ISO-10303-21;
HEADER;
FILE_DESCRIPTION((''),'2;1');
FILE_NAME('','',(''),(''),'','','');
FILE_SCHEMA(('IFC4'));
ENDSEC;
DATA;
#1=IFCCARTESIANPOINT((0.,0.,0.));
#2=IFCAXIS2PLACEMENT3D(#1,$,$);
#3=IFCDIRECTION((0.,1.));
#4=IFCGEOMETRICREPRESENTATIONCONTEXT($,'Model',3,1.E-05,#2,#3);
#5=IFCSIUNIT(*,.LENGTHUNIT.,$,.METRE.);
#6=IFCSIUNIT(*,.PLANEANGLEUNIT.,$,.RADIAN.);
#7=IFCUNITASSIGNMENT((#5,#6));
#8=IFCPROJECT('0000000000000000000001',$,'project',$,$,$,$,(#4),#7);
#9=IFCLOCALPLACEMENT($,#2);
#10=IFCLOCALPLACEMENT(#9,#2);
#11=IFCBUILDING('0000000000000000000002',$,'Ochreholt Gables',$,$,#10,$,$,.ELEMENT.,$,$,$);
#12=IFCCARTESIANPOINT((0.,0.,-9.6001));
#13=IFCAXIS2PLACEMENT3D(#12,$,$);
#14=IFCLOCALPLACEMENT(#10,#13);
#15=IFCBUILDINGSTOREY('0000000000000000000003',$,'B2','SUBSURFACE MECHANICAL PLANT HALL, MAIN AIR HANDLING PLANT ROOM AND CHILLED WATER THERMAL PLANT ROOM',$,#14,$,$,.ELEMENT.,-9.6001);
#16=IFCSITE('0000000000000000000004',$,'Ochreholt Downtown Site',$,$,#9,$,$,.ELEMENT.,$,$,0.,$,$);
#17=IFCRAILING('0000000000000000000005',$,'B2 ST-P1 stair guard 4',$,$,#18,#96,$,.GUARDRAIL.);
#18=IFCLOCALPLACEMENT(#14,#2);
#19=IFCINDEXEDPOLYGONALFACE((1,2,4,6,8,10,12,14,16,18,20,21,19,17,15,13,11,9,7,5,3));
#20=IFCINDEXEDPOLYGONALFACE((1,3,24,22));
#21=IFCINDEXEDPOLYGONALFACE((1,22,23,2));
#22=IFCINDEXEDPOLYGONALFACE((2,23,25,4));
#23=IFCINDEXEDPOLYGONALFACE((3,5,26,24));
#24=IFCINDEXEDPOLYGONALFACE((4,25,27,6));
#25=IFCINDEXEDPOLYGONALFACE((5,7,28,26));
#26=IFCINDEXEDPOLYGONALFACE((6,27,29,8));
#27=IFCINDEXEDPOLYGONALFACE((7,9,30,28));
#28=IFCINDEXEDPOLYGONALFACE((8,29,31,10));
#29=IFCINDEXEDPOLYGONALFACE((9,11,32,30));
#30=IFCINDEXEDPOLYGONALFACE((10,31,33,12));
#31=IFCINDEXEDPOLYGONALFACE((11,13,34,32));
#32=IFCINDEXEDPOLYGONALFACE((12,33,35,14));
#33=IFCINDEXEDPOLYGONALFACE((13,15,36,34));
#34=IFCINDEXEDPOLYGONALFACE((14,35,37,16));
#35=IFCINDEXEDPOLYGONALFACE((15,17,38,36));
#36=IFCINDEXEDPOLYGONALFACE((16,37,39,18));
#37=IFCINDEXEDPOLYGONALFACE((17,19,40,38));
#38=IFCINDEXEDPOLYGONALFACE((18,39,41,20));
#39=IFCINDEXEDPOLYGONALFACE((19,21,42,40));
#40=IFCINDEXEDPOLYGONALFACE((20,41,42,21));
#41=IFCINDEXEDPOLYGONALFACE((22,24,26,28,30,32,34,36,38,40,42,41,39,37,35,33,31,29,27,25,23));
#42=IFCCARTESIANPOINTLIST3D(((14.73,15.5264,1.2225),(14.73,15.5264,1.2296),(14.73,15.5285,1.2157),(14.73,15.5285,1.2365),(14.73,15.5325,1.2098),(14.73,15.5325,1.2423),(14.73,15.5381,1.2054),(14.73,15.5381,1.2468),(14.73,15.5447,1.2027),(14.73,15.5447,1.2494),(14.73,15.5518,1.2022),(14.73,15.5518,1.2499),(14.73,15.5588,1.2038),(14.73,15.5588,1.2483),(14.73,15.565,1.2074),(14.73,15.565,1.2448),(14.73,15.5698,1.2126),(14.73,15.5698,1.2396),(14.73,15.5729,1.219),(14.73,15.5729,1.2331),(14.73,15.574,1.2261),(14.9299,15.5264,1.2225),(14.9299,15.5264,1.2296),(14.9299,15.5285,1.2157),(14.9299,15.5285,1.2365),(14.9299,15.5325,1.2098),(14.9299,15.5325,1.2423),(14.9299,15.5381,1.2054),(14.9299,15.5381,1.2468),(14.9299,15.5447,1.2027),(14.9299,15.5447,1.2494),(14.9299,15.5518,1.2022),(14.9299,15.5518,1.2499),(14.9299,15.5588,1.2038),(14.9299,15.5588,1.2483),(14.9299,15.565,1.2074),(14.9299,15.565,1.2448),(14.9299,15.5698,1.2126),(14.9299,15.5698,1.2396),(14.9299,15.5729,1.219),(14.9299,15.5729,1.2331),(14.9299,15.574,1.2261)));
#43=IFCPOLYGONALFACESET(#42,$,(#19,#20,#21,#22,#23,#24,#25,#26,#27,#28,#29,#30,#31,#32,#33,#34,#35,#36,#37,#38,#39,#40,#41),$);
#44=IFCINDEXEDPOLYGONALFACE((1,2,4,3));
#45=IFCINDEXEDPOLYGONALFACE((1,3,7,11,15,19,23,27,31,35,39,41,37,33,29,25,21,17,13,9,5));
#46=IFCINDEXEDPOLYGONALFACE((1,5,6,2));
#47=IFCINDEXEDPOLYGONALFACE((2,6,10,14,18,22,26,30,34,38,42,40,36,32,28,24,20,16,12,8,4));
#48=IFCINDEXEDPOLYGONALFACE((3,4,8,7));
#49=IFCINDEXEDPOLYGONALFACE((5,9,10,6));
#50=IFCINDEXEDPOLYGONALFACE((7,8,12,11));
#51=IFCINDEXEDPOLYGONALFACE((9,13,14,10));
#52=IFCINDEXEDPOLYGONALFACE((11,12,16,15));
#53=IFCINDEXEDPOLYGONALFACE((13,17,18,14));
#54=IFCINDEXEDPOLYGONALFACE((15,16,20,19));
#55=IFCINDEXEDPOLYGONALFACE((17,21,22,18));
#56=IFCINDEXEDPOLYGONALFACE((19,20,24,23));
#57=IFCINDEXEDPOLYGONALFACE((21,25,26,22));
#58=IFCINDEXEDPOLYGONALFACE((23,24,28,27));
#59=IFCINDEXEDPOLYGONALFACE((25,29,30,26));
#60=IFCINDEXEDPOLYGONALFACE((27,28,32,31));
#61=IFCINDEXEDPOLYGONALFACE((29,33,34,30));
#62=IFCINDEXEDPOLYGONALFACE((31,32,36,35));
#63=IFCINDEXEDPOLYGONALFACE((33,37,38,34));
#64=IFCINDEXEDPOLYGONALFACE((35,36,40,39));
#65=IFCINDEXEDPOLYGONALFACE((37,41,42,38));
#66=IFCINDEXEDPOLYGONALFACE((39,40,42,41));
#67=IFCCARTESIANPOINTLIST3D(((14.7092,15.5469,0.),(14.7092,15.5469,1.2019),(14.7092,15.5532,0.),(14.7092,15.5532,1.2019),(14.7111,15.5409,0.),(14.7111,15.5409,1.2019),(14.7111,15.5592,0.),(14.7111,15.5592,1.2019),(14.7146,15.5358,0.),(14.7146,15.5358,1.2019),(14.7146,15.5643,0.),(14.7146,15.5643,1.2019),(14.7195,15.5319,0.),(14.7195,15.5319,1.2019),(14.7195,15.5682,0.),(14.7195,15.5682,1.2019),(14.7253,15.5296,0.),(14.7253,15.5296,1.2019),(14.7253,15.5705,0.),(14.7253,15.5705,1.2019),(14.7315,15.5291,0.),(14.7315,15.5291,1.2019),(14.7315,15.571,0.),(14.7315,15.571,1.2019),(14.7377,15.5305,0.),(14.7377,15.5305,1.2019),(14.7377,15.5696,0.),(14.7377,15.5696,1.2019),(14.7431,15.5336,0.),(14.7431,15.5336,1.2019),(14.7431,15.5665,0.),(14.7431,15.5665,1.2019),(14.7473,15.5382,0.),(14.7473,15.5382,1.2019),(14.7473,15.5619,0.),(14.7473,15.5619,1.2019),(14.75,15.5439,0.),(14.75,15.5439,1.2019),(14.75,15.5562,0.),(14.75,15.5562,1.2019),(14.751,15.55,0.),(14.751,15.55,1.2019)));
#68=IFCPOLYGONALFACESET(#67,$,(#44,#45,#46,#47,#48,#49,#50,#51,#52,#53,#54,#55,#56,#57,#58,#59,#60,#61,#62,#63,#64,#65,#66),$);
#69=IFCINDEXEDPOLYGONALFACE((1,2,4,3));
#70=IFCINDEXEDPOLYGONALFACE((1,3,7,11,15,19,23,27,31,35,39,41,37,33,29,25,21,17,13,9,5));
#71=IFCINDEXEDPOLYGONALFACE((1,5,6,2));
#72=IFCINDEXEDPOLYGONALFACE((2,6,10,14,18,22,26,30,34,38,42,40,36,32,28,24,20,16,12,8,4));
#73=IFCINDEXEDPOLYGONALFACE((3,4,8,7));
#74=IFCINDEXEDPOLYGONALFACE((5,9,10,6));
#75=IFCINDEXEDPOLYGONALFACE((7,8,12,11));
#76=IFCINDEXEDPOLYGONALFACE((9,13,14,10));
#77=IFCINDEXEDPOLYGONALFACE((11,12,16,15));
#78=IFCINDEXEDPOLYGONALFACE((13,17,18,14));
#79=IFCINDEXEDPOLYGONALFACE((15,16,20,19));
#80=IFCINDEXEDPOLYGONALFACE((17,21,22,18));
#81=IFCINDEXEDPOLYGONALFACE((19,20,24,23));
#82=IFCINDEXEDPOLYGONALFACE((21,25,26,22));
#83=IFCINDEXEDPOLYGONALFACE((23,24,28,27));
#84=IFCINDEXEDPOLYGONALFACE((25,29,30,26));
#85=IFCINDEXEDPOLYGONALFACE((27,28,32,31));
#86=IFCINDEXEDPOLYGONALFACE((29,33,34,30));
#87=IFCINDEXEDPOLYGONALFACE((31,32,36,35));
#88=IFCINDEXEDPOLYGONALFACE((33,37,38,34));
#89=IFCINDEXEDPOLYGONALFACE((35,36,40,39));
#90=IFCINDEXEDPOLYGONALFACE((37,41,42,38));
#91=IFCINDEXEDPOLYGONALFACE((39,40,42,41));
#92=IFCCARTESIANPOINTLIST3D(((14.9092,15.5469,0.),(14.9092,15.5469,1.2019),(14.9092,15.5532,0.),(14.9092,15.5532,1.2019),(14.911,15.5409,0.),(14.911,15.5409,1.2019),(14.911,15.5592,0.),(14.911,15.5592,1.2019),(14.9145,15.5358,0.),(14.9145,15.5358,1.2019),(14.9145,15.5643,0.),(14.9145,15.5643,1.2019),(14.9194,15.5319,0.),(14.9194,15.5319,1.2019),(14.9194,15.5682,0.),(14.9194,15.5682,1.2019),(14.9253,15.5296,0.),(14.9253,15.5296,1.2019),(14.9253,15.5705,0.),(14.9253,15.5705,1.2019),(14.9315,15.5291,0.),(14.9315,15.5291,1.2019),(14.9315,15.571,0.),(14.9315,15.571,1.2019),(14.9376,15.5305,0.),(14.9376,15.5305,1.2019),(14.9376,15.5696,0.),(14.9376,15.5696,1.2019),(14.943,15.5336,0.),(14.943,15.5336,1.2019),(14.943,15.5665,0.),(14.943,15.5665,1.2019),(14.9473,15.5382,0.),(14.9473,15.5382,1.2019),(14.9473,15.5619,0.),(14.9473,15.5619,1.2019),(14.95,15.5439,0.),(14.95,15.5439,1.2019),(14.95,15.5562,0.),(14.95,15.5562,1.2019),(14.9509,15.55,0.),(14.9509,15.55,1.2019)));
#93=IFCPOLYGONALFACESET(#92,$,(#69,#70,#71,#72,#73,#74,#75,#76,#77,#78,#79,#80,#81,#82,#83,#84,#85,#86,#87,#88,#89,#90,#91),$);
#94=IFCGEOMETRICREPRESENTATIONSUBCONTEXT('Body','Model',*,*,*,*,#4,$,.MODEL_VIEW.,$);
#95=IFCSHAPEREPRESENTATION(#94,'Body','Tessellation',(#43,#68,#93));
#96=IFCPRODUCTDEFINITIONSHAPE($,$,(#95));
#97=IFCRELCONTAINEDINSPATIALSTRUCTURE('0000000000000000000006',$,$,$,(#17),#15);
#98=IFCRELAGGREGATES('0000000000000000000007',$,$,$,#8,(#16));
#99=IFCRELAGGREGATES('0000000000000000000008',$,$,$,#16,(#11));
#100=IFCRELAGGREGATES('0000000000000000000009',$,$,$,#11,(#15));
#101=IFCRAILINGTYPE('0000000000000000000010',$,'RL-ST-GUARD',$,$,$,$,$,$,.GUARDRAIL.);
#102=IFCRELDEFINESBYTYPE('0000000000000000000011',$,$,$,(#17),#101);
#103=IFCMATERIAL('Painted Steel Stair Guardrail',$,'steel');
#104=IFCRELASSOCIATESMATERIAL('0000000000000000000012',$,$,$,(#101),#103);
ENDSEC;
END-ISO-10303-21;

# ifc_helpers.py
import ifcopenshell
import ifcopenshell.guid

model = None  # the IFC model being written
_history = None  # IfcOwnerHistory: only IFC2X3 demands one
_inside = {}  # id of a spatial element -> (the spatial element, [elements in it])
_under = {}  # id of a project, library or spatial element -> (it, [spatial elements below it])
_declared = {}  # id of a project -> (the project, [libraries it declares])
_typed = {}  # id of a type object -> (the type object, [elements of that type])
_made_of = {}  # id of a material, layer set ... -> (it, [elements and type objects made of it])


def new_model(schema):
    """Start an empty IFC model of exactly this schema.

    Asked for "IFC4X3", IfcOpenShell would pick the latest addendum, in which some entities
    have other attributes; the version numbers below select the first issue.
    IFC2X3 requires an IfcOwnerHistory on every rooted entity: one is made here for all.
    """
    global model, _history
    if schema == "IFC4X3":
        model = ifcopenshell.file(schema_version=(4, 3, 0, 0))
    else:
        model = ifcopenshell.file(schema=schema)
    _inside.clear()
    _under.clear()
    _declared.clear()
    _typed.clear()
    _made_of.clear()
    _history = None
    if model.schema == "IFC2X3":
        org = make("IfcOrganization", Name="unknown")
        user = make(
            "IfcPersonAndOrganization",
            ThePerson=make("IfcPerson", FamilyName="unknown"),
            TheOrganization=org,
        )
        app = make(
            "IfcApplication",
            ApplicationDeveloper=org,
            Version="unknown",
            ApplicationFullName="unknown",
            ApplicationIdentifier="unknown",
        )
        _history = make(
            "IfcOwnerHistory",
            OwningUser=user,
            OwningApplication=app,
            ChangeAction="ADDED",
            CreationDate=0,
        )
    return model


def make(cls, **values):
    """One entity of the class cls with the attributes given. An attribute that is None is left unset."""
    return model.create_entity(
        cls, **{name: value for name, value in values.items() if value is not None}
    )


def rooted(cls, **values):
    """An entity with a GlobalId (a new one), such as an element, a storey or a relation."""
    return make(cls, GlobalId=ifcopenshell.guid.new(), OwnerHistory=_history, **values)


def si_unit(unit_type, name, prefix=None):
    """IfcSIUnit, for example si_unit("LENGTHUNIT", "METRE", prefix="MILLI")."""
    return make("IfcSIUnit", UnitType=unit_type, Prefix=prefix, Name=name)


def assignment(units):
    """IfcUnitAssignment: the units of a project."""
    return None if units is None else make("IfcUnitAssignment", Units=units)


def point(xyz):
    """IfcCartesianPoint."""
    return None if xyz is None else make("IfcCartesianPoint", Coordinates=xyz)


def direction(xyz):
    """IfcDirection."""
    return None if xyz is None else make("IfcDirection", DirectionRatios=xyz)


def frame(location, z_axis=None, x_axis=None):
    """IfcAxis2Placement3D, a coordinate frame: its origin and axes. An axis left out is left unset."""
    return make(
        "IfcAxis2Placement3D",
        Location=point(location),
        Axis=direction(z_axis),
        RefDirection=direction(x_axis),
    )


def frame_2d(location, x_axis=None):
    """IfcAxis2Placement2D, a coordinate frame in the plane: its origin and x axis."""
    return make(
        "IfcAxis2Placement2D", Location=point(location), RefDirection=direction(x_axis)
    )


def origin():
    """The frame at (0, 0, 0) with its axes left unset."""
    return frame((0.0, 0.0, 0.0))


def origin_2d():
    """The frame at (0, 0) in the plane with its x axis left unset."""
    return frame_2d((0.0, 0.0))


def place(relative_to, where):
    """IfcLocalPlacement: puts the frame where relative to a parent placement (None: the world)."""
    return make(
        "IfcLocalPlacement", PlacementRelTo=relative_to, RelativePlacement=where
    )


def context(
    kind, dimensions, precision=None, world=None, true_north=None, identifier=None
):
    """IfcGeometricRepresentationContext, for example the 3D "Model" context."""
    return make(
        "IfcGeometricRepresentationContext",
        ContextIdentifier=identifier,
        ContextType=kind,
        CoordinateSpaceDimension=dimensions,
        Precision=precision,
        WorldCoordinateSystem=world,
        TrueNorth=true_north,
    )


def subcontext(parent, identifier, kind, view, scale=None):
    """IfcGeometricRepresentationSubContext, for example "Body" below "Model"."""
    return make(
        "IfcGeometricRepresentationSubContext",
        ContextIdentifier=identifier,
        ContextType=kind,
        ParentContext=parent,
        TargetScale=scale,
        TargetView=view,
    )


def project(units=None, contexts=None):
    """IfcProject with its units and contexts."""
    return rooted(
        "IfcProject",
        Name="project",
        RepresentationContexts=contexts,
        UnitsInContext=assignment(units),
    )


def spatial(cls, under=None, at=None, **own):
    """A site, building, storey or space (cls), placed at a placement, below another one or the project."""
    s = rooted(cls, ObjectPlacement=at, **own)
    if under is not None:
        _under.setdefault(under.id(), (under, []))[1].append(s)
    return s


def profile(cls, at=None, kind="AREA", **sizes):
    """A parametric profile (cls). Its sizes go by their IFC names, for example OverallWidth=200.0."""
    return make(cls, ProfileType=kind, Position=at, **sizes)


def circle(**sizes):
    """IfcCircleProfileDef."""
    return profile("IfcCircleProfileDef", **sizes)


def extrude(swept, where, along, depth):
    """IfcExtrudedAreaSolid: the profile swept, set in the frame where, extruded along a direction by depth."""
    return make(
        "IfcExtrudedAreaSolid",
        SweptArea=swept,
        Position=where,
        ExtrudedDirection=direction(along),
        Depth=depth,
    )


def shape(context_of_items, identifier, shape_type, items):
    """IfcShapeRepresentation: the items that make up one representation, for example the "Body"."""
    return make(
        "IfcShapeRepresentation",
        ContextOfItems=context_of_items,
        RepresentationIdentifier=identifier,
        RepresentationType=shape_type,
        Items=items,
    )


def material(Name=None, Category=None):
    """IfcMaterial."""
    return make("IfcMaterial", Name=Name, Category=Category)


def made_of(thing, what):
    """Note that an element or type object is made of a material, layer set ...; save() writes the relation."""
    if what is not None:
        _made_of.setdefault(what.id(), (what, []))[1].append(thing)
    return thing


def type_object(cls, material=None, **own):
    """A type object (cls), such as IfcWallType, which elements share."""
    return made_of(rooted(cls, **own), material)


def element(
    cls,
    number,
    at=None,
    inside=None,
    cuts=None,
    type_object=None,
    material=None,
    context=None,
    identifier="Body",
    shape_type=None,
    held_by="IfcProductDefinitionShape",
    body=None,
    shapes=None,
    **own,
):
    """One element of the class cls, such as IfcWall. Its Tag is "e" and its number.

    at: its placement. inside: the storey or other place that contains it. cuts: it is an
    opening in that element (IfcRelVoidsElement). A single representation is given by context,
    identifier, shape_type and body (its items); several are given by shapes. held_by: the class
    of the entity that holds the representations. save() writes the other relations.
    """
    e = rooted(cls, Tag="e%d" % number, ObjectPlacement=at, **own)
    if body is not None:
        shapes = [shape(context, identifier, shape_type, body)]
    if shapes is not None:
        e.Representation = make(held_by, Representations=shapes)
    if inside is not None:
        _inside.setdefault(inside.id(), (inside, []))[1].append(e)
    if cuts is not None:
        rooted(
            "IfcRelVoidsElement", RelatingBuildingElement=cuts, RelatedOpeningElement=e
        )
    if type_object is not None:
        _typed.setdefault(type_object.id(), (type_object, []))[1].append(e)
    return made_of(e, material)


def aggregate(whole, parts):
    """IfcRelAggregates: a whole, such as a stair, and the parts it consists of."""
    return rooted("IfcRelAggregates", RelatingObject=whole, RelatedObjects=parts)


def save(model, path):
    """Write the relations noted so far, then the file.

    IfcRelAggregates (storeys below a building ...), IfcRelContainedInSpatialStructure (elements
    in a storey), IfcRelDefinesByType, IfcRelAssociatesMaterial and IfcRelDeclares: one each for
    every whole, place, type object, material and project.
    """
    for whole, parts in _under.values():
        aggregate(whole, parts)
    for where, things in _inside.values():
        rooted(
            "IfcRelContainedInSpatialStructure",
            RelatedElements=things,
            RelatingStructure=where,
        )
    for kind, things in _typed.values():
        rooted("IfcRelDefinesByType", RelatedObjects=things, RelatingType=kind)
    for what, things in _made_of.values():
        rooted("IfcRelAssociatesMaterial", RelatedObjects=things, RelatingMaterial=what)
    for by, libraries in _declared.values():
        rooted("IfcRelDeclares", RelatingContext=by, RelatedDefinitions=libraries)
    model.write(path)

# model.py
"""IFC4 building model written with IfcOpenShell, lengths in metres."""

from ifc_helpers import new_model, si_unit, direction, frame, origin, origin_2d, place, context, subcontext, project, spatial, circle, extrude, material, type_object, element, save


model = new_model("IFC4")

# Units and contexts
model_context = context("Model", 3, precision=1e-05, world=origin(), true_north=direction((0.0, 1.0)))
body_context = subcontext(model_context, "Body", "Model", "MODEL_VIEW")
ifc_project = project(units=[si_unit("LENGTHUNIT", "METRE"), si_unit("PLANEANGLEUNIT", "RADIAN")], contexts=[model_context])

# Site, building, storey
site_placement = place(None, origin())
site = spatial("IfcSite", under=ifc_project, at=site_placement, Name="Ochreholt Downtown Site", CompositionType="ELEMENT", RefElevation=0.0)
building_placement = place(site_placement, origin())
building = spatial("IfcBuilding", under=site, at=building_placement, Name="Ochreholt Gables", CompositionType="ELEMENT")
storey_placement = place(building_placement, frame((0.0, 0.0, -9.6001)))
storey = spatial("IfcBuildingStorey", under=building, at=storey_placement, Name="B2", Description="SUBSURFACE MECHANICAL PLANT HALL, MAIN AIR HANDLING PLANT ROOM AND CHILLED WATER THERMAL PLANT ROOM", CompositionType="ELEMENT", Elevation=-9.6001)

# Railing
ifc_material_1 = material(Name="Painted Steel Stair Guardrail", Category="steel")
railing_type_1 = type_object("IfcRailingType", Name="RL-ST-GUARD", PredefinedType="GUARDRAIL", material=ifc_material_1)
railing_1_placement = place(storey_placement, frame((14.73, 15.55, 0.0)))
element("IfcRailing", 1, at=railing_1_placement, inside=storey, type_object=railing_type_1, Name="B2 ST-P1 stair guard 4", PredefinedType="GUARDRAIL", context=body_context, shape_type="SweptSolid", body=[
    extrude(circle(Radius=0.0239, at=origin_2d()), frame((0.0, 0.0, 1.2261), z_axis=(1.0, 0.0, 0.0), x_axis=(0.0, 1.0, 0.0)), (0.0, 0.0, 1.0), 0.2),
    extrude(circle(Radius=0.021, at=origin_2d()), origin(), (0.0, 0.0, 1.0), 1.2019),
    extrude(circle(Radius=0.021, at=origin_2d()), frame((0.2, 0.0, 0.0)), (0.0, 0.0, 1.0), 1.2019),
])

save(model, "model.ifc")
